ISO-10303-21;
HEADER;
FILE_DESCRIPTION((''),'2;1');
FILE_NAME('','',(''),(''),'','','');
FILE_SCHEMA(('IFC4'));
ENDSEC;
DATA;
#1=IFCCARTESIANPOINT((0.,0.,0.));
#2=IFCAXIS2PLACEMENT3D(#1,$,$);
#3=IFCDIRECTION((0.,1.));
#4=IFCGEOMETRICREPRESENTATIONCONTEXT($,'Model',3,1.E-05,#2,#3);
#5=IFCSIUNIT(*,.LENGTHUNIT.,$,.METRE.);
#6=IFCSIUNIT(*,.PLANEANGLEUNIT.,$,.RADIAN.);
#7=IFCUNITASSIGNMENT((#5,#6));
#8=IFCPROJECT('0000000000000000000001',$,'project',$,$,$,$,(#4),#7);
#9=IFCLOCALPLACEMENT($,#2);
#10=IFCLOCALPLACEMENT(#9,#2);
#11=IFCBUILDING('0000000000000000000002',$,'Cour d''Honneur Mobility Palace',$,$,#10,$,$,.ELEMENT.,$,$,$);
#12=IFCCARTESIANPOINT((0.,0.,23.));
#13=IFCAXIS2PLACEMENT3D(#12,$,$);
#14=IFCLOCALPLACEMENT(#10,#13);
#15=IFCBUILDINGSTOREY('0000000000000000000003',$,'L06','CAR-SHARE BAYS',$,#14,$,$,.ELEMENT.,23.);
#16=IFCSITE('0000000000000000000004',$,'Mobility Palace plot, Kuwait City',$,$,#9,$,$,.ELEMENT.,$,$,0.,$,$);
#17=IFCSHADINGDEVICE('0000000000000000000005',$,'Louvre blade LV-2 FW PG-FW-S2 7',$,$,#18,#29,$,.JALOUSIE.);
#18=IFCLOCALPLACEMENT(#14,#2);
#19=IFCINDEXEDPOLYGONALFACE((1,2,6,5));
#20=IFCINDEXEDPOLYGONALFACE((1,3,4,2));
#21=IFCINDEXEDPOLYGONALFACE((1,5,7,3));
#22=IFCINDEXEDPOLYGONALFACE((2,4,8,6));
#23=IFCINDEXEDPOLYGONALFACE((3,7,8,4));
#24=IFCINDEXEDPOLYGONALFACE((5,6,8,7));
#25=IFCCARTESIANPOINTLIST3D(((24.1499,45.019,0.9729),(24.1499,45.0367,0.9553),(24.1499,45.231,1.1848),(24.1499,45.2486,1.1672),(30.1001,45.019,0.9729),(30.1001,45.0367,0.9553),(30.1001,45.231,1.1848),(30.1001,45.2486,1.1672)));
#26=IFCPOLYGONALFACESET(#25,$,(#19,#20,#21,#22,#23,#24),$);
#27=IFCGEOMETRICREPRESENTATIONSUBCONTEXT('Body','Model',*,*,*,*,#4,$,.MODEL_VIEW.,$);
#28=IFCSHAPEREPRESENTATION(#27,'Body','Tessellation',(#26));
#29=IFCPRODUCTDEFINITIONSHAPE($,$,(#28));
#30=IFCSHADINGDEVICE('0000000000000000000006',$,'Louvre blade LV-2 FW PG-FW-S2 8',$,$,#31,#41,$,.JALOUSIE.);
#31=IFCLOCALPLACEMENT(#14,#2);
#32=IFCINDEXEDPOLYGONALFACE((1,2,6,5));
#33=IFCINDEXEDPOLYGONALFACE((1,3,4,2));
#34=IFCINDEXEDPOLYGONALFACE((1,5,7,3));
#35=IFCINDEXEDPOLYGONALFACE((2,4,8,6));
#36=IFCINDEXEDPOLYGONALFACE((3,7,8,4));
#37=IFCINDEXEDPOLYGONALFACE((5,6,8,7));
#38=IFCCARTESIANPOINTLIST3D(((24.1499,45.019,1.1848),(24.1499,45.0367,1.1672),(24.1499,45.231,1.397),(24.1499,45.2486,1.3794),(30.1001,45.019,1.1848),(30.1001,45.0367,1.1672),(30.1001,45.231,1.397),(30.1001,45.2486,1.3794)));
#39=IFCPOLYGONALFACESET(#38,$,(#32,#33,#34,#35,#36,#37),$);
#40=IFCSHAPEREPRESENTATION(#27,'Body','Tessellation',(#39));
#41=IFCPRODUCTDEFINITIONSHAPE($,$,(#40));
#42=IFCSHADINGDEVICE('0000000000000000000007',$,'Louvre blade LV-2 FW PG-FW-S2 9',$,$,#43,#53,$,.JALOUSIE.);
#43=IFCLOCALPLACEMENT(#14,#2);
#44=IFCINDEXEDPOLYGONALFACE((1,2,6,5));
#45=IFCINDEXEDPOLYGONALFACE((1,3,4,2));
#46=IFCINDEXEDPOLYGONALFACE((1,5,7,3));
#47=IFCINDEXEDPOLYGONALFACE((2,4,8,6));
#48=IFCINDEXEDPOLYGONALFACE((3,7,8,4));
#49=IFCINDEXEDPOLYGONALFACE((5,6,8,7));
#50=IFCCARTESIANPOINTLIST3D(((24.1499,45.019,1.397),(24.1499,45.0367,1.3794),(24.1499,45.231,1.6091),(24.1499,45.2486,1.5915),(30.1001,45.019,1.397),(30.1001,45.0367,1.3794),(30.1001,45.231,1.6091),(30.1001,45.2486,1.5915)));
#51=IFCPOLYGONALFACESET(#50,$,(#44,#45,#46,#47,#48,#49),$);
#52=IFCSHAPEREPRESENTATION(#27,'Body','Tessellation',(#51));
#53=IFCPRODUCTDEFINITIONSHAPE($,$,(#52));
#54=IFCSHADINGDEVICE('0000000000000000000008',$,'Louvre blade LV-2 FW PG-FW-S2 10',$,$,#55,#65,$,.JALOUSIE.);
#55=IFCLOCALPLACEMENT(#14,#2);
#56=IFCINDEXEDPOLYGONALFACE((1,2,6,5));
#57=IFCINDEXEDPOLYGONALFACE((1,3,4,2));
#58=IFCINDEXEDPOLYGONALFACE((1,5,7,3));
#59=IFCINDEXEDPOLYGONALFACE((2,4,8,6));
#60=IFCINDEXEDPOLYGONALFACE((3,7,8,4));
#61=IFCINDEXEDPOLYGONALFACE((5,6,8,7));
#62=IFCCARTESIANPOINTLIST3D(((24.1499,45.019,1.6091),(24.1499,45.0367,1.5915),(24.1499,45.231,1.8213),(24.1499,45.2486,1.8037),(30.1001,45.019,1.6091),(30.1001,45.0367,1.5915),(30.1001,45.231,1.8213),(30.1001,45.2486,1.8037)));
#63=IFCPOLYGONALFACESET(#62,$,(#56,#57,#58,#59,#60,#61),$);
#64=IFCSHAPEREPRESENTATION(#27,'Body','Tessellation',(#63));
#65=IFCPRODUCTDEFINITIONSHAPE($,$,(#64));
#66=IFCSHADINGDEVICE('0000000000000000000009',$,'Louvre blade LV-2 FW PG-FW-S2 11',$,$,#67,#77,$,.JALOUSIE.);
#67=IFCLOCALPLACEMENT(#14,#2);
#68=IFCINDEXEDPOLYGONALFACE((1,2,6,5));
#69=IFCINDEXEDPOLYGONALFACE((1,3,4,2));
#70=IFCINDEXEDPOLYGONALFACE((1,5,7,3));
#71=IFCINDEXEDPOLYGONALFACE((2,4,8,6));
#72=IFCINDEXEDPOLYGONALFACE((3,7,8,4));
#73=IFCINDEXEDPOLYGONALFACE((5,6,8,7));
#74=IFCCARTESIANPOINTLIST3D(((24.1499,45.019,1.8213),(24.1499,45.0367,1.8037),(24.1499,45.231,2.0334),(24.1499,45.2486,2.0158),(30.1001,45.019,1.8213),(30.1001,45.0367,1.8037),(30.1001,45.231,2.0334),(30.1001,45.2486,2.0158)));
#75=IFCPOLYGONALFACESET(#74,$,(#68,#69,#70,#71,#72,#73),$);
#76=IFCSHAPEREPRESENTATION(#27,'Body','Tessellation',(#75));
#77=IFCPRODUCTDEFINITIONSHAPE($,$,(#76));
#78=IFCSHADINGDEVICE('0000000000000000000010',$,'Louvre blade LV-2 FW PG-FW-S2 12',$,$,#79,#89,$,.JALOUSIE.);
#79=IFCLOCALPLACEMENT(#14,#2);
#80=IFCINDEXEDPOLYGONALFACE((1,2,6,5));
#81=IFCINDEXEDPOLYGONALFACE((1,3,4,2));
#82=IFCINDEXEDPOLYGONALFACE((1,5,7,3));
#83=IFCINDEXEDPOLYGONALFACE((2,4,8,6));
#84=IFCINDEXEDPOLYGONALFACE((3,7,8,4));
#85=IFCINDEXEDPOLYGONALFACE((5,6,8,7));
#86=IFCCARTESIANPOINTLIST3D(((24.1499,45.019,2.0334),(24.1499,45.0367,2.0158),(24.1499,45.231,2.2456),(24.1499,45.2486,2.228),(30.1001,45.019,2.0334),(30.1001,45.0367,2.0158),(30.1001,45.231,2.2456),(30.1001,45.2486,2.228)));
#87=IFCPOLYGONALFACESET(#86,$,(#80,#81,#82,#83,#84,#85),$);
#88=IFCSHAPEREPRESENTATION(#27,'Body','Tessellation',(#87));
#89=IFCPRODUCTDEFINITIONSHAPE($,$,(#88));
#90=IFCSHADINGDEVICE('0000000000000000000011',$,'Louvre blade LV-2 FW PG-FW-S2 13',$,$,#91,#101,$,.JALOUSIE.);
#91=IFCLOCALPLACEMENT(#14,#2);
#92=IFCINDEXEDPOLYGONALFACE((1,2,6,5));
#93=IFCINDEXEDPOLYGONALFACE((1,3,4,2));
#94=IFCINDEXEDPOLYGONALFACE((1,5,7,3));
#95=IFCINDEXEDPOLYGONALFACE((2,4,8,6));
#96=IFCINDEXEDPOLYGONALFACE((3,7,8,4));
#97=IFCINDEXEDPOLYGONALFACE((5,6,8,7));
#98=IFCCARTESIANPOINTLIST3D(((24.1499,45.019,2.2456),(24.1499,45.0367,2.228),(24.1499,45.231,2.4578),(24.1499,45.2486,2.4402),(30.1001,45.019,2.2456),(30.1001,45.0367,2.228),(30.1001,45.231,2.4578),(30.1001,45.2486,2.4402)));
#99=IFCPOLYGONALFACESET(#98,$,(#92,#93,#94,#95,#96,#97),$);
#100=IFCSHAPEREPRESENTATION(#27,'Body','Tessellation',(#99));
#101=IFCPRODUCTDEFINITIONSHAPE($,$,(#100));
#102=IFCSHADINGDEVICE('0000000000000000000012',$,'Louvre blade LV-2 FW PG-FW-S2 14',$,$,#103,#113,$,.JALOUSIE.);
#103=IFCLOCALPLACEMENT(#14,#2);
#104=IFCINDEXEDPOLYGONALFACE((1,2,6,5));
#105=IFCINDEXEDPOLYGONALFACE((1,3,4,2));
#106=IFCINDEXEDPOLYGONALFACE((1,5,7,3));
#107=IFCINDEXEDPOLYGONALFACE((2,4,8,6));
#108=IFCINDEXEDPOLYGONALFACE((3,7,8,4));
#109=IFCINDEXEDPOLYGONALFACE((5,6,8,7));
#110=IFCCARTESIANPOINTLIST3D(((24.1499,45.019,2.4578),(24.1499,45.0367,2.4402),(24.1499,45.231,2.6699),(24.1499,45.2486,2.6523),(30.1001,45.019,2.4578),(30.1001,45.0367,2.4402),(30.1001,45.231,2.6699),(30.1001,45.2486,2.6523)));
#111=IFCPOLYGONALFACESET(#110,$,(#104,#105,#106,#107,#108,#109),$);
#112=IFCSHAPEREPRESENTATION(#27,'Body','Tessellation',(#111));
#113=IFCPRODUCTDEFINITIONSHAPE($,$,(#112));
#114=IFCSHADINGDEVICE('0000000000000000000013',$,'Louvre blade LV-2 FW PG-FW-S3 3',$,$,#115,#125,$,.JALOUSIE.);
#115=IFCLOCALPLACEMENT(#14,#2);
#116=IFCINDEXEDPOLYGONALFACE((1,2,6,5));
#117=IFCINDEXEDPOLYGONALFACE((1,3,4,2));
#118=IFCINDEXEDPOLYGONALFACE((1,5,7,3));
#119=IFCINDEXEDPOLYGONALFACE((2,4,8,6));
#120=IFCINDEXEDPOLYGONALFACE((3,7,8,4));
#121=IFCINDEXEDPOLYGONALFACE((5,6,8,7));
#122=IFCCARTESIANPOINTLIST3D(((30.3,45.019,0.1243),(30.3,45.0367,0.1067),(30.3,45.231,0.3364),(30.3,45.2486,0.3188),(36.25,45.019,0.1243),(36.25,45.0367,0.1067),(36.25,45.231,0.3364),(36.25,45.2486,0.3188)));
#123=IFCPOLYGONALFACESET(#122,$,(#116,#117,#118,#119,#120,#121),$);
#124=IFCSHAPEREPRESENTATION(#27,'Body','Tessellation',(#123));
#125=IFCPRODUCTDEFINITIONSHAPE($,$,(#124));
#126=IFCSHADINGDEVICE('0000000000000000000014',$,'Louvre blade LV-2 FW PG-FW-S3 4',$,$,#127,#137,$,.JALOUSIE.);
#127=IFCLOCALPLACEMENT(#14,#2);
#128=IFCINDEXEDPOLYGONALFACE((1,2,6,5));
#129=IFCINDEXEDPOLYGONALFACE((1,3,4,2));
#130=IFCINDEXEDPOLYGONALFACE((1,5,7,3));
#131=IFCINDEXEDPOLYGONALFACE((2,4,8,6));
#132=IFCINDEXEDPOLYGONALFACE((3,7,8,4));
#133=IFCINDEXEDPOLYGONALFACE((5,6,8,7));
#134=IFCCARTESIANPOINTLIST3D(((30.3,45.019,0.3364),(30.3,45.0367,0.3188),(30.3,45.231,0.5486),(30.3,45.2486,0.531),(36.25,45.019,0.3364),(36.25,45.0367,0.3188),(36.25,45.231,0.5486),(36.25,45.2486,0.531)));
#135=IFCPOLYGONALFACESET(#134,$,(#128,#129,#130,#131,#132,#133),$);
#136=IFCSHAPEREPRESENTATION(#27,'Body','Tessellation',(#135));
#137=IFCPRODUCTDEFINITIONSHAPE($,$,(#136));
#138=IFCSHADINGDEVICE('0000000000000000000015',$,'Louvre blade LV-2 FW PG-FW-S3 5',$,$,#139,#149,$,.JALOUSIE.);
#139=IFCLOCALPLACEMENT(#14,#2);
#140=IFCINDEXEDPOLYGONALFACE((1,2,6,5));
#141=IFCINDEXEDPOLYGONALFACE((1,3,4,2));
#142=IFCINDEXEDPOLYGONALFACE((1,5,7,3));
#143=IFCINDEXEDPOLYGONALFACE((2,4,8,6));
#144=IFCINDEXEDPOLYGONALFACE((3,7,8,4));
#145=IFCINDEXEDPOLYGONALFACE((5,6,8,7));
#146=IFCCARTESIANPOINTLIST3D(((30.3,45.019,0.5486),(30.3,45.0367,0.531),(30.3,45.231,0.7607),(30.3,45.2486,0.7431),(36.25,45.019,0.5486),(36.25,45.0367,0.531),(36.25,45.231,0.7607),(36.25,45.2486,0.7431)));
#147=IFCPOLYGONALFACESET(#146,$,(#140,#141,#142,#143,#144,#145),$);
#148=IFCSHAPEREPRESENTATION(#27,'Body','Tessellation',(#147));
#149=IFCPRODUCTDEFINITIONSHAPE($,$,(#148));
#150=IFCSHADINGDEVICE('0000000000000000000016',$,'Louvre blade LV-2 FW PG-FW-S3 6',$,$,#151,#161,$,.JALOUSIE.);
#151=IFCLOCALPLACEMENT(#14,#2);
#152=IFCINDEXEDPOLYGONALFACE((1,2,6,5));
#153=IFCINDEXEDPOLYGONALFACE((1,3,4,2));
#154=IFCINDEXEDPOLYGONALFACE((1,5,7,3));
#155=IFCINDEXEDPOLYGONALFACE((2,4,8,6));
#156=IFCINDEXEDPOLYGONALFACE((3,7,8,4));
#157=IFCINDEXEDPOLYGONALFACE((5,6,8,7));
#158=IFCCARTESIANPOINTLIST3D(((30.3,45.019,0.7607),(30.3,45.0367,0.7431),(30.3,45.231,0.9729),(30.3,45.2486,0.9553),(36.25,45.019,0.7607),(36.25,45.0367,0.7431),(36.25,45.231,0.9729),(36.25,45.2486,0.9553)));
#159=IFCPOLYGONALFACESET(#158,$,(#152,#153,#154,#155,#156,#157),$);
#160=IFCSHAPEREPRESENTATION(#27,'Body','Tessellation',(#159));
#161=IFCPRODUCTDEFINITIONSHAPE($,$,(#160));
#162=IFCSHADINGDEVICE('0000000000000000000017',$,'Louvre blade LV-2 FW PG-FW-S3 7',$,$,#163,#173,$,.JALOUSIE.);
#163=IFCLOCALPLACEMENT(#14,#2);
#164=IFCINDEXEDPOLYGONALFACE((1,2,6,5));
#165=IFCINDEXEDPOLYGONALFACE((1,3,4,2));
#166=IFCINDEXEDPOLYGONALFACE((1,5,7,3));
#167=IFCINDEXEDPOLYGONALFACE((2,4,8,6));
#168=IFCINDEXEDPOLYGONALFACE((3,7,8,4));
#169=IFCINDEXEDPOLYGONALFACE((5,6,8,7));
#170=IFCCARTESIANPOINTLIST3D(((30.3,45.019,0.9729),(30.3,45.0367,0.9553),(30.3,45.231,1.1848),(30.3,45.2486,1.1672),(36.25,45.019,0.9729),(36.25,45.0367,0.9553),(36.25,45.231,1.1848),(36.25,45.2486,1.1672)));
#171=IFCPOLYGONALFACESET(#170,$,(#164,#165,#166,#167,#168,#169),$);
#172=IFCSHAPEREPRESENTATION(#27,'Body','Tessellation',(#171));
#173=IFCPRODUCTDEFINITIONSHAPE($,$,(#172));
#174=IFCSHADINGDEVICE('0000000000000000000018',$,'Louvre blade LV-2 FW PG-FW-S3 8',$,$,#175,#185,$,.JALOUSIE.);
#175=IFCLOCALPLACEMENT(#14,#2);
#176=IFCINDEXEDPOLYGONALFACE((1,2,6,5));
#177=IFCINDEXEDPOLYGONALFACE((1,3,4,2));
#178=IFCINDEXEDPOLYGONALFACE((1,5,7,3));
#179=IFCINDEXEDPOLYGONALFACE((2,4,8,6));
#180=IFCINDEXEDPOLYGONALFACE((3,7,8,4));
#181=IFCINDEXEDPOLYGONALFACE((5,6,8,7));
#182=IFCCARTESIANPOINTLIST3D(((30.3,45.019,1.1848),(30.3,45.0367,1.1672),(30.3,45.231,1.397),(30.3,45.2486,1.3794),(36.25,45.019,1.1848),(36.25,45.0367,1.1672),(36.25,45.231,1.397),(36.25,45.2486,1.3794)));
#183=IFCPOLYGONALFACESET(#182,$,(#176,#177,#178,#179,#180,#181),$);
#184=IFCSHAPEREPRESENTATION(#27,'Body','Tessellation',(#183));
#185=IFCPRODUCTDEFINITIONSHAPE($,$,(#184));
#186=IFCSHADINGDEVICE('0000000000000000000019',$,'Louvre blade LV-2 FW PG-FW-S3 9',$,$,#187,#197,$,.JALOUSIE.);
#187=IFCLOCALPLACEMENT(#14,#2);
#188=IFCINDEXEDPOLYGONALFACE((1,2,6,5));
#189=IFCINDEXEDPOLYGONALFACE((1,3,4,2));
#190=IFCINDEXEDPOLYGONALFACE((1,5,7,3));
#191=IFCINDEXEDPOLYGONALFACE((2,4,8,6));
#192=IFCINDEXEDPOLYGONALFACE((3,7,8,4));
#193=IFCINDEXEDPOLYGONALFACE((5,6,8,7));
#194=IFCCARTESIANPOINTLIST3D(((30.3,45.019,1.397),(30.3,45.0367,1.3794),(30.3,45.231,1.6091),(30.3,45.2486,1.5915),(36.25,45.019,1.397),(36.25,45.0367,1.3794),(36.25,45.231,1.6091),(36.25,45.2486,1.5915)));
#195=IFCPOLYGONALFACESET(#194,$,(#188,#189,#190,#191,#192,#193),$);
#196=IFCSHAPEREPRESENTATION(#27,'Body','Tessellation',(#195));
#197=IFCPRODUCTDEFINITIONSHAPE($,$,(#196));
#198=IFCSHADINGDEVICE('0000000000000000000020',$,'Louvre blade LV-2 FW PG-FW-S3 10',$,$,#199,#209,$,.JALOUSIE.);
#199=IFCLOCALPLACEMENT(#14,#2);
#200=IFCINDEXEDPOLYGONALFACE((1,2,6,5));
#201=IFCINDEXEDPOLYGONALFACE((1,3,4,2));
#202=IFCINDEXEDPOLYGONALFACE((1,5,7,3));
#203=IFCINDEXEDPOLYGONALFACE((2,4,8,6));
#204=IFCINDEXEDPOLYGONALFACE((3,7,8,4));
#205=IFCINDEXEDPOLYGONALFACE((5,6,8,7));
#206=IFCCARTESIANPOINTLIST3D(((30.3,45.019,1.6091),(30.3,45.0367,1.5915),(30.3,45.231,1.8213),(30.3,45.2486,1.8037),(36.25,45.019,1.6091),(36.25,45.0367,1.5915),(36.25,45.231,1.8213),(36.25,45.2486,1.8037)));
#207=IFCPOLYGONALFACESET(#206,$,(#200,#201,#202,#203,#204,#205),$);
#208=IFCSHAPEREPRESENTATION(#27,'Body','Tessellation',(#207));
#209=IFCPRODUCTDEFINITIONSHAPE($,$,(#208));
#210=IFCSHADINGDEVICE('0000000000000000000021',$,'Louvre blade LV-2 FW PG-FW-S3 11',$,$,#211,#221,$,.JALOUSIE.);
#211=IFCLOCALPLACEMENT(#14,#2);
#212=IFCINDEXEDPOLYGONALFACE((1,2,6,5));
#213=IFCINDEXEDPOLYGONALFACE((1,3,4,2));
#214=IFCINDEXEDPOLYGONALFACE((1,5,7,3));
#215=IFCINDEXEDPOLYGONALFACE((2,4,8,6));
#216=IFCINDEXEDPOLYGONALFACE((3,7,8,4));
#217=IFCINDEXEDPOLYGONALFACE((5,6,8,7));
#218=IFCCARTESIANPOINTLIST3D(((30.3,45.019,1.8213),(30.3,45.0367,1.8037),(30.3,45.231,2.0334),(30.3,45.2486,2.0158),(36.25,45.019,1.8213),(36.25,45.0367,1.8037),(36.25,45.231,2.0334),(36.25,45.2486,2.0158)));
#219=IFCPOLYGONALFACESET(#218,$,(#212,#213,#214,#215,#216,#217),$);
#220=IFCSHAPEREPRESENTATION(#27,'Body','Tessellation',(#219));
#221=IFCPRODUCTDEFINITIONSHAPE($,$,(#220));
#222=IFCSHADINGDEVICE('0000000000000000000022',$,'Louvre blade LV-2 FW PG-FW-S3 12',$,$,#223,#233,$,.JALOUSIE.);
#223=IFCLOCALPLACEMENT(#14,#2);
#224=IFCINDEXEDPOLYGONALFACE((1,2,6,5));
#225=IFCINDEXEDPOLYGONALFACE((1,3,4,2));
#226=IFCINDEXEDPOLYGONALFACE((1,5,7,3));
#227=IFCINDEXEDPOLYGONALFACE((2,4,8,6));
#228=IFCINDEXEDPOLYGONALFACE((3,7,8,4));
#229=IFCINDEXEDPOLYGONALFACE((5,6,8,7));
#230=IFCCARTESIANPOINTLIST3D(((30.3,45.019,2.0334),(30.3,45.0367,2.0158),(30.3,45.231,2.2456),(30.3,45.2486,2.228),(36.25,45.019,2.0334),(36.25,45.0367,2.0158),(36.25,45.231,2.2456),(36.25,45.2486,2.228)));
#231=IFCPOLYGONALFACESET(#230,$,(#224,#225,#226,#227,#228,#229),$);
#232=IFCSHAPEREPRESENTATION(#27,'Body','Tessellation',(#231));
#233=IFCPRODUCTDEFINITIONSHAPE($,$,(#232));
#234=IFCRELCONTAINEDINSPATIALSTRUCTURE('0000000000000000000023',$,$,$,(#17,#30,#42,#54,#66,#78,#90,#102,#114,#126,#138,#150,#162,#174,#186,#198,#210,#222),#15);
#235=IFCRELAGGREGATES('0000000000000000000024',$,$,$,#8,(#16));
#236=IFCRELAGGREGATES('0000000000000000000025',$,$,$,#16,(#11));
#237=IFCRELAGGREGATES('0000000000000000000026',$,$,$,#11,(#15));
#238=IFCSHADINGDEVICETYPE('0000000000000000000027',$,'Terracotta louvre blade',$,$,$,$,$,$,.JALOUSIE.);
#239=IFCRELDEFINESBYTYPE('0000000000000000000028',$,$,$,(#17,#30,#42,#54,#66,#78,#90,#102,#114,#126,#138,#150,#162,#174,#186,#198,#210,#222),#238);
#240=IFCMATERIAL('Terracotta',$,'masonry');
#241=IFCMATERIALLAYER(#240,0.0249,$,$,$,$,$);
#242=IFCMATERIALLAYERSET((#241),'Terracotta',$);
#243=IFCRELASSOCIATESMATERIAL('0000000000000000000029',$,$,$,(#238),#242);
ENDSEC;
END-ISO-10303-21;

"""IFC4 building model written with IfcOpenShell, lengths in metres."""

from ifc_helpers import new_model, si_unit, direction, frame, origin, place, context, subcontext, project, spatial, polyline, outline, extrude, material, layer, layer_set, type_object, element, save


model = new_model("IFC4")

# Units and contexts
model_context = context("Model", 3, precision=1e-05, world=origin(), true_north=direction((0.0, 1.0)))
body_context = subcontext(model_context, "Body", "Model", "MODEL_VIEW")
ifc_project = project(units=[si_unit("LENGTHUNIT", "METRE"), si_unit("PLANEANGLEUNIT", "RADIAN")], contexts=[model_context])

# Site, building, storey
site_placement = place(None, origin())
site = spatial("IfcSite", under=ifc_project, at=site_placement, Name="Mobility Palace plot, Kuwait City", CompositionType="ELEMENT", RefElevation=0.0)
building_placement = place(site_placement, origin())
building = spatial("IfcBuilding", under=site, at=building_placement, Name="Cour d'Honneur Mobility Palace", CompositionType="ELEMENT")
storey_placement = place(building_placement, frame((0.0, 0.0, 23.0)))
storey = spatial("IfcBuildingStorey", under=building, at=storey_placement, Name="L06", Description="CAR-SHARE BAYS", CompositionType="ELEMENT", Elevation=23.0)

# Shading devices
ifc_material_1 = material(Name="Terracotta", Category="masonry")
ifc_layer = layer(ifc_material_1, 0.0249)
ifc_layer_set = layer_set([ifc_layer], Name="Terracotta")
shading_device_type = type_object("IfcShadingDeviceType", Name="Terracotta louvre blade", PredefinedType="JALOUSIE", material=ifc_layer_set)
shading_device_1_placement = place(storey_placement, frame((24.1499, 45.019, 0.9729), z_axis=(0.0, -0.707107, 0.707107), x_axis=(1.0, 0.0, 0.0)))
element("IfcShadingDevice", 1, at=shading_device_1_placement, inside=storey, type_object=shading_device_type, Name="Louvre blade LV-2 FW PG-FW-S2 7", PredefinedType="JALOUSIE", context=body_context, shape_type="SweptSolid", body=[
    extrude(outline(polyline([(0.0, 0.0), (5.9502, 0.0), (5.9502, 0.2997), (0.0, 0.2997), (0.0, 0.0)])), origin(), (0.0, 0.0, -1.0), 0.0249),
])
for number, where, z_axis, x_axis, name in (
    (2, (24.1499, 45.019, 1.1848), (0.0, -0.707514, 0.7067), (1.0, 0.0, 0.0), "Louvre blade LV-2 FW PG-FW-S2 8"),
    (3, (24.1499, 45.019, 1.397), (0.0, -0.707514, 0.7067), (1.0, 0.0, 0.0), "Louvre blade LV-2 FW PG-FW-S2 9"),
    (4, (24.1499, 45.019, 1.6091), (0.0, -0.707514, 0.7067), (1.0, 0.0, 0.0), "Louvre blade LV-2 FW PG-FW-S2 10"),
    (5, (24.1499, 45.019, 1.8213), (0.0, -0.707514, 0.7067), (1.0, 0.0, 0.0), "Louvre blade LV-2 FW PG-FW-S2 11"),
    (6, (24.1499, 45.019, 2.0334), (0.0, -0.707514, 0.7067), (1.0, 0.0, 0.0), "Louvre blade LV-2 FW PG-FW-S2 12"),
    (7, (24.1499, 45.019, 2.2456), (0.0, -0.707514, 0.7067), (1.0, 0.0, 0.0), "Louvre blade LV-2 FW PG-FW-S2 13"),
    (8, (24.1499, 45.019, 2.4578), (0.0, -0.707514, 0.7067), (1.0, 0.0, 0.0), "Louvre blade LV-2 FW PG-FW-S2 14"),
):
    element("IfcShadingDevice", number, at=place(storey_placement, frame(where, z_axis=z_axis, x_axis=x_axis)), inside=storey, type_object=shading_device_type, Name=name, PredefinedType="JALOUSIE", context=body_context, shape_type="SweptSolid", body=[
        extrude(outline(polyline([(0.0, 0.0), (5.9502, 0.0), (5.9502, 0.2999), (0.0, 0.2999), (0.0, 0.0)])), origin(), (0.0, 0.0, -1.0), 0.0249),
    ])
for number, where, z_axis, x_axis, name in (
    (9, (30.3, 45.019, 0.1243), (0.0, -0.707514, 0.7067), (1.0, 0.0, 0.0), "Louvre blade LV-2 FW PG-FW-S3 3"),
    (10, (30.3, 45.019, 0.3364), (0.0, -0.707514, 0.7067), (1.0, 0.0, 0.0), "Louvre blade LV-2 FW PG-FW-S3 4"),
    (11, (30.3, 45.019, 0.5486), (0.0, -0.707514, 0.7067), (1.0, 0.0, 0.0), "Louvre blade LV-2 FW PG-FW-S3 5"),
    (12, (30.3, 45.019, 0.7607), (0.0, -0.707514, 0.7067), (1.0, 0.0, 0.0), "Louvre blade LV-2 FW PG-FW-S3 6"),
):
    element("IfcShadingDevice", number, at=place(storey_placement, frame(where, z_axis=z_axis, x_axis=x_axis)), inside=storey, type_object=shading_device_type, Name=name, PredefinedType="JALOUSIE", context=body_context, shape_type="SweptSolid", body=[
        extrude(outline(polyline([(0.0, 0.0), (5.95, 0.0), (5.95, 0.2999), (0.0, 0.2999), (0.0, 0.0)])), origin(), (0.0, 0.0, -1.0), 0.0249),
    ])
shading_device_2_placement = place(storey_placement, frame((30.3, 45.019, 0.9729), z_axis=(0.0, -0.707107, 0.707107), x_axis=(1.0, 0.0, 0.0)))
element("IfcShadingDevice", 13, at=shading_device_2_placement, inside=storey, type_object=shading_device_type, Name="Louvre blade LV-2 FW PG-FW-S3 7", PredefinedType="JALOUSIE", context=body_context, shape_type="SweptSolid", body=[
    extrude(outline(polyline([(0.0, 0.0), (5.95, 0.0), (5.95, 0.2997), (0.0, 0.2997), (0.0, 0.0)])), origin(), (0.0, 0.0, -1.0), 0.0249),
])
for number, where, z_axis, x_axis, name in (
    (14, (30.3, 45.019, 1.1848), (0.0, -0.707514, 0.7067), (1.0, 0.0, 0.0), "Louvre blade LV-2 FW PG-FW-S3 8"),
    (15, (30.3, 45.019, 1.397), (0.0, -0.707514, 0.7067), (1.0, 0.0, 0.0), "Louvre blade LV-2 FW PG-FW-S3 9"),
    (16, (30.3, 45.019, 1.6091), (0.0, -0.707514, 0.7067), (1.0, 0.0, 0.0), "Louvre blade LV-2 FW PG-FW-S3 10"),
    (17, (30.3, 45.019, 1.8213), (0.0, -0.707514, 0.7067), (1.0, 0.0, 0.0), "Louvre blade LV-2 FW PG-FW-S3 11"),
    (18, (30.3, 45.019, 2.0334), (0.0, -0.707514, 0.7067), (1.0, 0.0, 0.0), "Louvre blade LV-2 FW PG-FW-S3 12"),
):
    element("IfcShadingDevice", number, at=place(storey_placement, frame(where, z_axis=z_axis, x_axis=x_axis)), inside=storey, type_object=shading_device_type, Name=name, PredefinedType="JALOUSIE", context=body_context, shape_type="SweptSolid", body=[
        extrude(outline(polyline([(0.0, 0.0), (5.95, 0.0), (5.95, 0.2999), (0.0, 0.2999), (0.0, 0.0)])), origin(), (0.0, 0.0, -1.0), 0.0249),
    ])

save(model, "model.ifc")
